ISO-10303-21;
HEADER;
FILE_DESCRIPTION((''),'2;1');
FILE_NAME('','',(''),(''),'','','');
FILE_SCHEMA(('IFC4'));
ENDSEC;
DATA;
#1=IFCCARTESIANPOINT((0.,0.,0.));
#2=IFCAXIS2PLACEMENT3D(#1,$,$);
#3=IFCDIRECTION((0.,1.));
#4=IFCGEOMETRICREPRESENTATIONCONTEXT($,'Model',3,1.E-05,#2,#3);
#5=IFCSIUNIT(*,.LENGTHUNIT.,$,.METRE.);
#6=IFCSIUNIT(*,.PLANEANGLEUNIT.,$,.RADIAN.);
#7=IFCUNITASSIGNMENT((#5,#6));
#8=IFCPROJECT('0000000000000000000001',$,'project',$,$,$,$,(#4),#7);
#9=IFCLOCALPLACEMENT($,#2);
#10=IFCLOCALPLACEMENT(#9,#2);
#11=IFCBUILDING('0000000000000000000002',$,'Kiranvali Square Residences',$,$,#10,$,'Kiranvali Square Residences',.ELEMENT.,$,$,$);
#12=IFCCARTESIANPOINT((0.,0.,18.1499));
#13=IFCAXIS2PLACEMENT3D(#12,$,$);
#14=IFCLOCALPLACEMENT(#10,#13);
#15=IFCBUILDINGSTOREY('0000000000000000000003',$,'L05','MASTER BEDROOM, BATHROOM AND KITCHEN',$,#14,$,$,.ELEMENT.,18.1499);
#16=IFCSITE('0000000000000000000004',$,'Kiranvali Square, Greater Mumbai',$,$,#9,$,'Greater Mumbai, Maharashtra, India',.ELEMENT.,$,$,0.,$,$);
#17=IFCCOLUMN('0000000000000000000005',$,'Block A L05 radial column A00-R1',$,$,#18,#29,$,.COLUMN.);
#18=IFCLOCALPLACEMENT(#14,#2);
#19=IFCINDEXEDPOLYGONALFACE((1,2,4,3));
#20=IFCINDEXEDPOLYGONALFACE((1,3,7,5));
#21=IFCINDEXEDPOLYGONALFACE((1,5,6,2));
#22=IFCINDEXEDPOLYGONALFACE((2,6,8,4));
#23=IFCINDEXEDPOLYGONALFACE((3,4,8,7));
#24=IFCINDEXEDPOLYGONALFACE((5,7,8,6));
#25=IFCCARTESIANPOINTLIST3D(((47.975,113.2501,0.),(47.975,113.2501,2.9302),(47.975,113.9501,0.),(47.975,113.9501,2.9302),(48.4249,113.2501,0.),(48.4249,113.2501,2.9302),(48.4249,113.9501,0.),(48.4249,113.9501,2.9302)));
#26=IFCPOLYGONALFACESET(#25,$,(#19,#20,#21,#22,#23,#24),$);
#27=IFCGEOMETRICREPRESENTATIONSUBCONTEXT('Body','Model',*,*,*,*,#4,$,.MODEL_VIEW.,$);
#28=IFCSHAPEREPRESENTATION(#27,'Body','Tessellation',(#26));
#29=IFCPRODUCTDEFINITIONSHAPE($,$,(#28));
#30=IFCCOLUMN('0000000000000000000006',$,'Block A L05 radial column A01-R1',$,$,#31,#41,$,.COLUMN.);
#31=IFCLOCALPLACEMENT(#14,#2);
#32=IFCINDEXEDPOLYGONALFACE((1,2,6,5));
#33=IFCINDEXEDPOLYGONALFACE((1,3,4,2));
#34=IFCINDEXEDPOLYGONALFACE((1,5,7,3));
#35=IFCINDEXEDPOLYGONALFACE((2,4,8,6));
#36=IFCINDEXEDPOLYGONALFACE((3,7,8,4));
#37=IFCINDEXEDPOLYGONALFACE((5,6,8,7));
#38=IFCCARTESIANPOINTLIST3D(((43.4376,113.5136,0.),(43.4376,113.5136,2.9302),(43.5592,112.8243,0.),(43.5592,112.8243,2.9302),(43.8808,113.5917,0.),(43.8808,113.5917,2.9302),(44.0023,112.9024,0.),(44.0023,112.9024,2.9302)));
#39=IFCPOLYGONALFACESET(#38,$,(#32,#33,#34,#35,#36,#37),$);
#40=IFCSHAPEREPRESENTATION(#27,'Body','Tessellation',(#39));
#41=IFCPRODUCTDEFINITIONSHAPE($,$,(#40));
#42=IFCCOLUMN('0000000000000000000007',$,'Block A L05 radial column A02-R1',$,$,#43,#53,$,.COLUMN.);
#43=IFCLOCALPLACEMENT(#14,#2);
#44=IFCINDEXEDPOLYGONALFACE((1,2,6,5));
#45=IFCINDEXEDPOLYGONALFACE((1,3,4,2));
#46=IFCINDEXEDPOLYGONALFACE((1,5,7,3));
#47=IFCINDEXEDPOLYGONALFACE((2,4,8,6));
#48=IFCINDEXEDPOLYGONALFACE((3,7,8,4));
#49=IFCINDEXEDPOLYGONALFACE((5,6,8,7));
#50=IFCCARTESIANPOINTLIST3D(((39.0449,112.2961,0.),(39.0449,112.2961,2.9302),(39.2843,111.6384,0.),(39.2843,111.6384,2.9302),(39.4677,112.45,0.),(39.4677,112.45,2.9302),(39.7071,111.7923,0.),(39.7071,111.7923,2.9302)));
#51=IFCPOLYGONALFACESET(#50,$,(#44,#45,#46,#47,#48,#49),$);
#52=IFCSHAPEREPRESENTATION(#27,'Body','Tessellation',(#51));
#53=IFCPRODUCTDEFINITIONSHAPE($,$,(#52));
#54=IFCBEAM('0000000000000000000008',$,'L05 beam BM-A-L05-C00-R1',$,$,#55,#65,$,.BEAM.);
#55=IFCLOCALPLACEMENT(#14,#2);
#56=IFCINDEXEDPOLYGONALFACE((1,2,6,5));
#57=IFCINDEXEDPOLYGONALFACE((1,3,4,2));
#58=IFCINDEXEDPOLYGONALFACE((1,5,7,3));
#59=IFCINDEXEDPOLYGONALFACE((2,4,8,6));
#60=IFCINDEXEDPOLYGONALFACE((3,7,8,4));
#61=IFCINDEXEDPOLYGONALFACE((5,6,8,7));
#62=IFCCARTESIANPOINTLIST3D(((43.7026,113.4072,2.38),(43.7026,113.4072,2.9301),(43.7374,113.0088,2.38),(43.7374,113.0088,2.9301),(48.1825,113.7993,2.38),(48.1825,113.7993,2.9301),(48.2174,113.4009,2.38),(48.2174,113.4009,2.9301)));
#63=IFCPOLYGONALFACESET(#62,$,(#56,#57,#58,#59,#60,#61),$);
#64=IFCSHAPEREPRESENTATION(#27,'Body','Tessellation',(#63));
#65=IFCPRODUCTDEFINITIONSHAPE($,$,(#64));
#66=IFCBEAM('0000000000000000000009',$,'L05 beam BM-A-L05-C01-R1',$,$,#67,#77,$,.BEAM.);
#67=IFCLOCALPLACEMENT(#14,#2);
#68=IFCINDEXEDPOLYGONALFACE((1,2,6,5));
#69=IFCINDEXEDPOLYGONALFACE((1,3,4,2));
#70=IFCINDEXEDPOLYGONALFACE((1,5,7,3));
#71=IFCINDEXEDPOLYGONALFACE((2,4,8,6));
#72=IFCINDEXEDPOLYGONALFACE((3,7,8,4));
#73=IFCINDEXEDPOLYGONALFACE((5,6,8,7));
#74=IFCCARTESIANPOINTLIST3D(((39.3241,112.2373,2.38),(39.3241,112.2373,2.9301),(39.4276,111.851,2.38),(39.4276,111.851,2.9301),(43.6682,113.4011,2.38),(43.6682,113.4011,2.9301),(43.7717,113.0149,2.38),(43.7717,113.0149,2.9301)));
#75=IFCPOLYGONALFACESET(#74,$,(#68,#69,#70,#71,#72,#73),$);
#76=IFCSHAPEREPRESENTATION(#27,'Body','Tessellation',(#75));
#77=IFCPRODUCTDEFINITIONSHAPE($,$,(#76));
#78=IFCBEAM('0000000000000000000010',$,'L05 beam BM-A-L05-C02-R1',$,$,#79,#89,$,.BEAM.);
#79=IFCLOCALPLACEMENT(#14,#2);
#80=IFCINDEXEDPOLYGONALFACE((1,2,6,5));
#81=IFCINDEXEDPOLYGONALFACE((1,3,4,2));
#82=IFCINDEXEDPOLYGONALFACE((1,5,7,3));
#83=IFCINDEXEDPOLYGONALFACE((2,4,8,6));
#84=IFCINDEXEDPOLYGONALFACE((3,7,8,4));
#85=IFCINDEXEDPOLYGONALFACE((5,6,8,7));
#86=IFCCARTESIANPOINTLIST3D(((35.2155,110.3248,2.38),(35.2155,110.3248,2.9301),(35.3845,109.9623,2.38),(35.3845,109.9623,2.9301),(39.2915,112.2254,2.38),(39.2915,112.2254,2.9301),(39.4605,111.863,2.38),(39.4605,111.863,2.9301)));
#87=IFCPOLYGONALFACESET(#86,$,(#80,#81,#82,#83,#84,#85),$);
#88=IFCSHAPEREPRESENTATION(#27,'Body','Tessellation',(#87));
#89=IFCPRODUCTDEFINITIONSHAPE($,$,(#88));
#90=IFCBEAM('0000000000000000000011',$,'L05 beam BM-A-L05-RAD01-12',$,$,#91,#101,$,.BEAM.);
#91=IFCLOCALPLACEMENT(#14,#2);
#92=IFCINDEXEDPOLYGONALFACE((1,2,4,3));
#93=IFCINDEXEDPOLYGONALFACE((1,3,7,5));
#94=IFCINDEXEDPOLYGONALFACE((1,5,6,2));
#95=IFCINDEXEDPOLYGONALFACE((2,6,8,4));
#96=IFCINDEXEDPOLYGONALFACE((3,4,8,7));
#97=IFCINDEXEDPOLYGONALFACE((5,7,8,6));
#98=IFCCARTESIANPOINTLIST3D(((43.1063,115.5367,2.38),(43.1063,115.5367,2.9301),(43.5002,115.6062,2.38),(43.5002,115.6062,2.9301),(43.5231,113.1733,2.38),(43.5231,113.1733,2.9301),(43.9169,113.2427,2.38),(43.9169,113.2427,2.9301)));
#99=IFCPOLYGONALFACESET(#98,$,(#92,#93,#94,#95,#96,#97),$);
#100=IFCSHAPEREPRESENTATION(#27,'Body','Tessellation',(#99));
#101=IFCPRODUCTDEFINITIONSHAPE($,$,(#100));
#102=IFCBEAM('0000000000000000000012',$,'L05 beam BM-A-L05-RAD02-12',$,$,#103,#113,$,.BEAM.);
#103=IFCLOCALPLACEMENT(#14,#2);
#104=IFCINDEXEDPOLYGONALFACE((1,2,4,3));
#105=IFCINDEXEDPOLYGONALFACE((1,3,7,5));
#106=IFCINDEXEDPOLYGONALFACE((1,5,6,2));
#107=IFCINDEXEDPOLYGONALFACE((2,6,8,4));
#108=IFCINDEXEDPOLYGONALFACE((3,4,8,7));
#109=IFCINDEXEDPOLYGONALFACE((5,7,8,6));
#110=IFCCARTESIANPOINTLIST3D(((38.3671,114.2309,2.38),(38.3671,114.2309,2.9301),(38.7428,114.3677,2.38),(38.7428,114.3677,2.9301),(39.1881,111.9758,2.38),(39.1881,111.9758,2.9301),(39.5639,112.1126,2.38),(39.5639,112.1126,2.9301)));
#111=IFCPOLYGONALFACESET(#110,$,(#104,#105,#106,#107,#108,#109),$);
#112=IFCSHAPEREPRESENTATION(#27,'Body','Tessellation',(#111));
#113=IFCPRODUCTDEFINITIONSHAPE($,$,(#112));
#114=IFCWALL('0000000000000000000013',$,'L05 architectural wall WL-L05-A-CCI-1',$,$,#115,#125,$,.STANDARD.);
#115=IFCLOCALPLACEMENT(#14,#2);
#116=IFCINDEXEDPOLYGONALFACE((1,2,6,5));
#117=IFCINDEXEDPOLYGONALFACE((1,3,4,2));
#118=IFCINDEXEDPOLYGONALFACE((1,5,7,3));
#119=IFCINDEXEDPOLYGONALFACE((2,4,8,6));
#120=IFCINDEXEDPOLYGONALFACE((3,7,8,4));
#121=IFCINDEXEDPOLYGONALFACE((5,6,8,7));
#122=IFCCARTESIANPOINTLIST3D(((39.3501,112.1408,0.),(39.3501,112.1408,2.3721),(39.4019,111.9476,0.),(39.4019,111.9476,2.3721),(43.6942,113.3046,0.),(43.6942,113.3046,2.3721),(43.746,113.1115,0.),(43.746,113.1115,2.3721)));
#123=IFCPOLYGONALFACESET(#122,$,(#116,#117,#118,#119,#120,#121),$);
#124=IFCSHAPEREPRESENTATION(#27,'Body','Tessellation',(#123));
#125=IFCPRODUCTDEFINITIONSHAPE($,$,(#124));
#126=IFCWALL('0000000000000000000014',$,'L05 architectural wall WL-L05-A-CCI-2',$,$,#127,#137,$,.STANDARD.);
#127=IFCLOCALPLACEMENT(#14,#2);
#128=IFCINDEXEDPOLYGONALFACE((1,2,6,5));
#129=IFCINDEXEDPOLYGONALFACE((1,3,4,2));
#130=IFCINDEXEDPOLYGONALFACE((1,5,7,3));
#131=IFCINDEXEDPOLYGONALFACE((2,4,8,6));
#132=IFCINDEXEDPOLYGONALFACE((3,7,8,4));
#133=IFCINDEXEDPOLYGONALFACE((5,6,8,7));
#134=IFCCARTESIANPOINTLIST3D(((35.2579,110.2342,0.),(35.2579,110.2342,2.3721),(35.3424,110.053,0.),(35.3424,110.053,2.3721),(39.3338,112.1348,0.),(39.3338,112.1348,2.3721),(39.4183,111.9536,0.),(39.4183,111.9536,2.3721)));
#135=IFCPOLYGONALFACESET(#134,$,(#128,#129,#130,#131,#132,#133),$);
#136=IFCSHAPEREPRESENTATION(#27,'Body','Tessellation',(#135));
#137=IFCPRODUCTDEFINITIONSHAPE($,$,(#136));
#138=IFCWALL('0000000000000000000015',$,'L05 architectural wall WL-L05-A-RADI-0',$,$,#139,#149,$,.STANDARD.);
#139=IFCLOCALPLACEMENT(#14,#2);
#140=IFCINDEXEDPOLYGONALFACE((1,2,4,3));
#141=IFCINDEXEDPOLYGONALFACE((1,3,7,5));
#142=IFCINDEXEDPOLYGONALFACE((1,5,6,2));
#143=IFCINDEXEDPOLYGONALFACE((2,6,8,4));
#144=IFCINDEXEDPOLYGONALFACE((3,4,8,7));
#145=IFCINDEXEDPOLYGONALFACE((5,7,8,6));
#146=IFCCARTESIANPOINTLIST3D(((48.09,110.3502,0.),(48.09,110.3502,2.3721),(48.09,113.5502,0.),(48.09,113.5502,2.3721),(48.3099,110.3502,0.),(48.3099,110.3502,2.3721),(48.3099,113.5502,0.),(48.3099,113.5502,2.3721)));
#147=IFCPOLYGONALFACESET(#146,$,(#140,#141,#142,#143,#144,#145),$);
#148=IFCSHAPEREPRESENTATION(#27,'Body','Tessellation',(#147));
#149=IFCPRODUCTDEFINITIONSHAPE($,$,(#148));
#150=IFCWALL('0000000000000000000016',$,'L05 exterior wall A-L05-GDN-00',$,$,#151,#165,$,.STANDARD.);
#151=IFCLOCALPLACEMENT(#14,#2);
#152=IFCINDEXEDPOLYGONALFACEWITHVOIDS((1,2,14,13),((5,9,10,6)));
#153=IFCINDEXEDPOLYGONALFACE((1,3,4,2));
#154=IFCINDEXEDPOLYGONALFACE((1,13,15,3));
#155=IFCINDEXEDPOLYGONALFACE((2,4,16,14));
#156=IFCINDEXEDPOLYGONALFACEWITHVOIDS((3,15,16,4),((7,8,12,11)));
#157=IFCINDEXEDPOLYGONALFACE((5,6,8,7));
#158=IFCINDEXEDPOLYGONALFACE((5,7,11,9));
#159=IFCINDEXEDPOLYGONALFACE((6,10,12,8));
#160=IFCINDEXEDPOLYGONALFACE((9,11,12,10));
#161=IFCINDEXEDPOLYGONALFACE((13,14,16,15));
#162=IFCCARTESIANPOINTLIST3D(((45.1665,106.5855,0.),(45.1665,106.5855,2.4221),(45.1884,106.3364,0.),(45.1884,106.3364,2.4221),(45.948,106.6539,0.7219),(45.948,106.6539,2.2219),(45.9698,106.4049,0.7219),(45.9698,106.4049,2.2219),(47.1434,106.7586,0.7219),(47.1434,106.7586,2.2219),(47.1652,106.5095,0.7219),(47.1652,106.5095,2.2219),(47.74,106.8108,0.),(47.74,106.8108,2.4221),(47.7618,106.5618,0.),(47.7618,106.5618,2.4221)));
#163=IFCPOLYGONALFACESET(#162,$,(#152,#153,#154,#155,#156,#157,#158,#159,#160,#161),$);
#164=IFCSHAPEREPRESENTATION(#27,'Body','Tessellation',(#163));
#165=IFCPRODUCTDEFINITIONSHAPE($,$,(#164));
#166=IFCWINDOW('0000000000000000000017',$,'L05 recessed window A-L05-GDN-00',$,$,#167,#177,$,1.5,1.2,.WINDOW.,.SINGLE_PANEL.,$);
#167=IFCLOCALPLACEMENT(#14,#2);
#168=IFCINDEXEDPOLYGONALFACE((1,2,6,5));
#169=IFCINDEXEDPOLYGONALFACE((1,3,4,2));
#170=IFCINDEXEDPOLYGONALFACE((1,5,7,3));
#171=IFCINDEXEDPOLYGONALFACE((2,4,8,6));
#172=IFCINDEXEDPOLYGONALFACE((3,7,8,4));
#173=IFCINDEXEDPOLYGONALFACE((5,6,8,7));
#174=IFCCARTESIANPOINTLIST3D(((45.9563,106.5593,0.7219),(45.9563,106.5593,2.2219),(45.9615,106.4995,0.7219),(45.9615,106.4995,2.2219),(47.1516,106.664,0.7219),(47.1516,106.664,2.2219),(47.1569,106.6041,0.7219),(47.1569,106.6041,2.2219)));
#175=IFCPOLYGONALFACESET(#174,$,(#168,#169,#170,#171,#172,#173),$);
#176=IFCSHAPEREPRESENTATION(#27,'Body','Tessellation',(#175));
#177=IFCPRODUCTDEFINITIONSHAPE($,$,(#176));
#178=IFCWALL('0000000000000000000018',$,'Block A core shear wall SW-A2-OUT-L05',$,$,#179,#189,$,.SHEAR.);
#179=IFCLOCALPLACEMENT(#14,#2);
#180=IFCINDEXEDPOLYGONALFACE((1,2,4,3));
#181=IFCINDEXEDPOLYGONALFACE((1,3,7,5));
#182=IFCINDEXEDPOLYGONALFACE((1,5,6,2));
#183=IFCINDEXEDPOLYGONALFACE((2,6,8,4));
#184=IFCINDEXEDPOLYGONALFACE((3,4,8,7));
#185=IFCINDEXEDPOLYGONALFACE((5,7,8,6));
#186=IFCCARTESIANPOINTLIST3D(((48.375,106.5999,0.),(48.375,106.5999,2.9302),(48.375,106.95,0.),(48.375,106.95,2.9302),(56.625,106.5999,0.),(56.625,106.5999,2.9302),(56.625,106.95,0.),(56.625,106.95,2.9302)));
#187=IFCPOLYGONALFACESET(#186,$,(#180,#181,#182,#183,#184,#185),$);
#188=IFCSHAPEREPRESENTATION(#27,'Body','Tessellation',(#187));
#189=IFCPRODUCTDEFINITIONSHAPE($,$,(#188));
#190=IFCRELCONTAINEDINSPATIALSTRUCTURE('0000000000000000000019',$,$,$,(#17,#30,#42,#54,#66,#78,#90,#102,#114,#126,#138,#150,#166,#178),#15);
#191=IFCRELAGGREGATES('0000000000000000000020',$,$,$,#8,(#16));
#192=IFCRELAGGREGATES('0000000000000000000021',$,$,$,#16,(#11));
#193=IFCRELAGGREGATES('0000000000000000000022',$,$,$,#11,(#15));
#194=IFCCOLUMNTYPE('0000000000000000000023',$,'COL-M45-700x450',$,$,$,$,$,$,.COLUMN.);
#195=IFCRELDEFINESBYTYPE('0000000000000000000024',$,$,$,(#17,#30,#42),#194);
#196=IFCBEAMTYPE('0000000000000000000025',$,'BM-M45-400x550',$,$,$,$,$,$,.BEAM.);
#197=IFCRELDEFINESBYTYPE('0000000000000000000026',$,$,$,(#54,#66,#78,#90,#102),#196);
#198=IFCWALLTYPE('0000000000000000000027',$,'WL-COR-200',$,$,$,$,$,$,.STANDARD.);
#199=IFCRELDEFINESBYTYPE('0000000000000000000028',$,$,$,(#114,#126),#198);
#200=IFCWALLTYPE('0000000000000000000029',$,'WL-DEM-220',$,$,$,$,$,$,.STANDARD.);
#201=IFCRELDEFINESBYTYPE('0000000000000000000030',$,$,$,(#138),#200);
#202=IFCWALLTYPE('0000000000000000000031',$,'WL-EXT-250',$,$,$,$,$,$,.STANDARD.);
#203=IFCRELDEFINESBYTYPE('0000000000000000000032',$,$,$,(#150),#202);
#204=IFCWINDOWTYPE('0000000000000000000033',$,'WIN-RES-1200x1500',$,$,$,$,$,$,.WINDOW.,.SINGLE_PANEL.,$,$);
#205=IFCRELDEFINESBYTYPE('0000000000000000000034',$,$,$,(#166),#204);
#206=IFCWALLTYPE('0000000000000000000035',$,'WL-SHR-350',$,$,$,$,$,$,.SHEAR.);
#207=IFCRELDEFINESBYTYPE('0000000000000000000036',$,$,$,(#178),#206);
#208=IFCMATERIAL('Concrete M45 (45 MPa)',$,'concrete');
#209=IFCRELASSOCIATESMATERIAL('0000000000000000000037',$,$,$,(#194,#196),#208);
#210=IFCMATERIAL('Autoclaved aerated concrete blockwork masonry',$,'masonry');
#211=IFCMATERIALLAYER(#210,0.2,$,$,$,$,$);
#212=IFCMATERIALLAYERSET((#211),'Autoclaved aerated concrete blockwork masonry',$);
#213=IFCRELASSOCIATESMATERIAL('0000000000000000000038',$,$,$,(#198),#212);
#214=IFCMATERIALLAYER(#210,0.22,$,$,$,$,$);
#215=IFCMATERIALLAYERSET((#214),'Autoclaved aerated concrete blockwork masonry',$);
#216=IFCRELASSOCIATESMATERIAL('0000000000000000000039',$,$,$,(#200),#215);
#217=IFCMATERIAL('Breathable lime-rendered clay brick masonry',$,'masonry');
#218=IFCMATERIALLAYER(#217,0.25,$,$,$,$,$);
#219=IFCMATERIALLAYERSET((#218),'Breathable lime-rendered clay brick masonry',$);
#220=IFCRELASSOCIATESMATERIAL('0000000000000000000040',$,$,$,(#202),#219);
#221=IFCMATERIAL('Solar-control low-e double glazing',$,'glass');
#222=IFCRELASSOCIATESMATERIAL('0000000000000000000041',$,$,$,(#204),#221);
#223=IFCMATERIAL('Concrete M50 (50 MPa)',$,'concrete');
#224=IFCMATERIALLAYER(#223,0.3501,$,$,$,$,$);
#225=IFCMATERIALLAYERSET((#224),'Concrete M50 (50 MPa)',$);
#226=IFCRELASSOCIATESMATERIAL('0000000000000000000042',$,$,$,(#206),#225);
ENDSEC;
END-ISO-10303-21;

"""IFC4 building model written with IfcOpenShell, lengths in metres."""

from ifc_helpers import new_model, si_unit, direction, frame, frame_2d, origin, origin_2d, place, context, subcontext, project, spatial, rectangle, extrude, material, layer, layer_set, material_profile, profile_set, type_object, element, fill, save


model = new_model("IFC4")

# Units and contexts
model_context = context("Model", 3, precision=1e-05, world=origin(), true_north=direction((0.0, 1.0)))
body_context = subcontext(model_context, "Body", "Model", "MODEL_VIEW")
ifc_project = project(units=[si_unit("LENGTHUNIT", "METRE"), si_unit("PLANEANGLEUNIT", "RADIAN")], contexts=[model_context])

# Site, building, storey
site_placement = place(None, origin())
site = spatial("IfcSite", under=ifc_project, at=site_placement, Name="Kiranvali Square, Greater Mumbai", LongName="Greater Mumbai, Maharashtra, India", CompositionType="ELEMENT", RefElevation=0.0)
building_placement = place(site_placement, origin())
building = spatial("IfcBuilding", under=site, at=building_placement, Name="Kiranvali Square Residences", LongName="Kiranvali Square Residences", CompositionType="ELEMENT")
storey_placement = place(building_placement, frame((0.0, 0.0, 18.1499)))
storey = spatial("IfcBuildingStorey", under=building, at=storey_placement, Name="L05", Description="MASTER BEDROOM, BATHROOM AND KITCHEN", CompositionType="ELEMENT", Elevation=18.1499)

# Columns
ifc_material_1 = material(Name="Concrete M45 (45 MPa)", Category="concrete")
ifc_material_profile_1 = material_profile(ifc_material_1, rectangle(XDim=0.45, YDim=0.7, at=origin_2d()), Name="RC 700x450")
ifc_profile_set_1 = profile_set([ifc_material_profile_1], Name="Concrete M45 (45 MPa)")
column_type = type_object("IfcColumnType", Name="COL-M45-700x450", PredefinedType="COLUMN", material=ifc_profile_set_1)
for number, where, z_axis, x_axis, name in (
    (1, (48.2, 113.6001, 0.0), (0.0, 0.0, 1.0), (1.0, 0.0, 0.0), "Block A L05 radial column A00-R1"),
    (2, (43.72, 113.208, 0.0), (0.0, 0.0, 1.0), (0.984808, 0.173648, 0.0), "Block A L05 radial column A01-R1"),
    (3, (39.376, 112.0442, 0.0), (0.0, 0.0, 1.0), (0.939693, 0.34202, 0.0), "Block A L05 radial column A02-R1"),
):
    element("IfcColumn", number, at=place(storey_placement, frame(where, z_axis=z_axis, x_axis=x_axis)), inside=storey, type_object=column_type, Name=name, PredefinedType="COLUMN", context=body_context, shape_type="SweptSolid", body=[
        extrude(rectangle(XDim=0.45, YDim=0.7, at=origin_2d()), origin(), (0.0, 0.0, 1.0), 2.9302),
    ])

# Beams
ifc_material_profile_2 = material_profile(ifc_material_1, rectangle(XDim=0.3999, YDim=0.55, at=origin_2d()), Name="RC 400x550")
ifc_profile_set_2 = profile_set([ifc_material_profile_2], Name="Concrete M45 (45 MPa)")
beam_type = type_object("IfcBeamType", Name="BM-M45-400x550", PredefinedType="BEAM", material=ifc_profile_set_2)
beam_placement = place(storey_placement, frame((48.2, 113.6001, 2.655), z_axis=(-0.996192, -0.087187, 0.0), x_axis=(0.087187, -0.996192, 0.0)))
element("IfcBeam", 4, at=beam_placement, inside=storey, type_object=beam_type, Name="L05 beam BM-A-L05-C00-R1", PredefinedType="BEAM", context=body_context, shape_type="SweptSolid", body=[
    extrude(rectangle(XDim=0.3999, YDim=0.55, at=origin_2d()), origin(), (0.0, 0.0, 1.0), 4.4971),
])
for number, where, z_axis, x_axis, name in (
    (5, (43.72, 113.208, 2.655), (-0.965934, -0.258788, 0.0), (0.258788, -0.965934, 0.0), "L05 beam BM-A-L05-C01-R1"),
    (6, (39.376, 112.0442, 2.655), (-0.906308, -0.422618, 0.0), (0.422618, -0.906308, 0.0), "L05 beam BM-A-L05-C02-R1"),
):
    element("IfcBeam", number, at=place(storey_placement, frame(where, z_axis=z_axis, x_axis=x_axis)), inside=storey, type_object=beam_type, Name=name, PredefinedType="BEAM", context=body_context, shape_type="SweptSolid", body=[
        extrude(rectangle(XDim=0.3999, YDim=0.55, at=origin_2d()), origin(), (0.0, 0.0, 1.0), 4.4973),
    ])
for number, where, z_axis, x_axis, name in (
    (7, (43.72, 113.208, 2.655), (-0.173646, 0.984808, 0.0), (-0.984808, -0.173646, 0.0), "L05 beam BM-A-L05-RAD01-12"),
    (8, (39.376, 112.0442, 2.655), (-0.342111, 0.93966, 0.0), (-0.93966, -0.342111, 0.0), "L05 beam BM-A-L05-RAD02-12"),
):
    element("IfcBeam", number, at=place(storey_placement, frame(where, z_axis=z_axis, x_axis=x_axis)), inside=storey, type_object=beam_type, Name=name, PredefinedType="BEAM", context=body_context, shape_type="SweptSolid", body=[
        extrude(rectangle(XDim=0.3999, YDim=0.55, at=origin_2d()), origin(), (0.0, 0.0, 1.0), 2.3999),
    ])

# Walls
ifc_material_2 = material(Name="Autoclaved aerated concrete blockwork masonry", Category="masonry")
ifc_layer_1 = layer(ifc_material_2, 0.2)
ifc_layer_set_1 = layer_set([ifc_layer_1], Name="Autoclaved aerated concrete blockwork masonry")
wall_type_1 = type_object("IfcWallType", Name="WL-COR-200", PredefinedType="STANDARD", material=ifc_layer_set_1)
for number, where, z_axis, x_axis, name in (
    (9, (43.72, 113.208, 0.0), (0.0, 0.0, 1.0), (-0.965934, -0.258788, 0.0), "L05 architectural wall WL-L05-A-CCI-1"),
    (10, (39.376, 112.0442, 0.0), (0.0, 0.0, 1.0), (-0.906308, -0.422618, 0.0), "L05 architectural wall WL-L05-A-CCI-2"),
):
    element("IfcWall", number, at=place(storey_placement, frame(where, z_axis=z_axis, x_axis=x_axis)), inside=storey, type_object=wall_type_1, Name=name, PredefinedType="STANDARD", context=body_context, shape_type="SweptSolid", body=[
        extrude(rectangle(XDim=4.4973, YDim=0.2, at=frame_2d((2.2485, 0.0))), origin(), (0.0, 0.0, 1.0), 2.3721),
    ])
ifc_layer_2 = layer(ifc_material_2, 0.22)
ifc_layer_set_2 = layer_set([ifc_layer_2], Name="Autoclaved aerated concrete blockwork masonry")
wall_type_2 = type_object("IfcWallType", Name="WL-DEM-220", PredefinedType="STANDARD", material=ifc_layer_set_2)
wall_1_placement = place(storey_placement, frame((48.2, 110.3501, 0.0), z_axis=(0.0, 0.0, 1.0), x_axis=(0.0, 1.0, 0.0)))
element("IfcWall", 11, at=wall_1_placement, inside=storey, type_object=wall_type_2, Name="L05 architectural wall WL-L05-A-RADI-0", PredefinedType="STANDARD", context=body_context, shape_type="SweptSolid", body=[
    extrude(rectangle(XDim=3.2, YDim=0.22, at=frame_2d((1.6001, 0.0))), origin(), (0.0, 0.0, 1.0), 2.3721),
])

# Wall, opening, window
ifc_material_3 = material(Name="Breathable lime-rendered clay brick masonry", Category="masonry")
ifc_layer_3 = layer(ifc_material_3, 0.25)
ifc_layer_set_3 = layer_set([ifc_layer_3], Name="Breathable lime-rendered clay brick masonry")
wall_type_3 = type_object("IfcWallType", Name="WL-EXT-250", PredefinedType="STANDARD", material=ifc_layer_set_3)
wall_2_placement = place(storey_placement, frame((47.7507, 106.6863, 0.0), z_axis=(0.0, 0.0, 1.0), x_axis=(-0.996188, -0.087229, 0.0)))
wall_2 = element("IfcWall", 12, at=wall_2_placement, inside=storey, type_object=wall_type_3, Name="L05 exterior wall A-L05-GDN-00", PredefinedType="STANDARD", context=body_context, shape_type="SweptSolid", body=[
    extrude(rectangle(XDim=2.5833, YDim=0.25, at=frame_2d((1.2915, 0.0))), origin(), (0.0, 0.0, 1.0), 2.4221),
])
opening_1_placement = place(wall_2_placement, frame((0.5986, 0.0, 0.7219)))
opening_1 = element("IfcOpeningElement", 13, at=opening_1_placement, cuts=wall_2, PredefinedType="OPENING", context=body_context, shape_type="SweptSolid", body=[
    extrude(rectangle(XDim=1.2, YDim=1.5, at=frame_2d((0.6001, 0.75))), frame((0.0, 0.135, 0.0), z_axis=(0.0, -1.0, 0.0), x_axis=(1.0, 0.0, 0.0)), (0.0, 0.0, 1.0), 0.27),
])
ifc_material_4 = material(Name="Solar-control low-e double glazing", Category="glass")
window_type = type_object("IfcWindowType", Name="WIN-RES-1200x1500", PartitioningType="SINGLE_PANEL", PredefinedType="WINDOW", material=ifc_material_4)
window_placement = place(opening_1_placement, origin())
window = element("IfcWindow", 14, at=window_placement, inside=storey, type_object=window_type, Name="L05 recessed window A-L05-GDN-00", OverallHeight=1.5, OverallWidth=1.2, PartitioningType="SINGLE_PANEL", PredefinedType="WINDOW", context=body_context, shape_type="SweptSolid", body=[
    extrude(rectangle(XDim=1.2, YDim=1.5, at=frame_2d((0.6001, 0.75))), frame((0.0, 0.03, 0.0), z_axis=(0.0, -1.0, 0.0), x_axis=(1.0, 0.0, 0.0)), (0.0, 0.0, 1.0), 0.0601),
])
fill(opening_1, window)

# Wall
ifc_material_5 = material(Name="Concrete M50 (50 MPa)", Category="concrete")
ifc_layer_4 = layer(ifc_material_5, 0.3501)
ifc_layer_set_4 = layer_set([ifc_layer_4], Name="Concrete M50 (50 MPa)")
wall_type_4 = type_object("IfcWallType", Name="WL-SHR-350", PredefinedType="SHEAR", material=ifc_layer_set_4)
wall_3_placement = place(storey_placement, frame((48.375, 106.7749, 0.0), z_axis=(0.0, 0.0, 1.0), x_axis=(1.0, 0.0, 0.0)))
element("IfcWall", 15, at=wall_3_placement, inside=storey, type_object=wall_type_4, Name="Block A core shear wall SW-A2-OUT-L05", PredefinedType="SHEAR", context=body_context, shape_type="SweptSolid", body=[
    extrude(rectangle(XDim=8.25, YDim=0.3501, at=frame_2d((4.125, 0.0))), origin(), (0.0, 0.0, 1.0), 2.9302),
])

save(model, "model.ifc")
